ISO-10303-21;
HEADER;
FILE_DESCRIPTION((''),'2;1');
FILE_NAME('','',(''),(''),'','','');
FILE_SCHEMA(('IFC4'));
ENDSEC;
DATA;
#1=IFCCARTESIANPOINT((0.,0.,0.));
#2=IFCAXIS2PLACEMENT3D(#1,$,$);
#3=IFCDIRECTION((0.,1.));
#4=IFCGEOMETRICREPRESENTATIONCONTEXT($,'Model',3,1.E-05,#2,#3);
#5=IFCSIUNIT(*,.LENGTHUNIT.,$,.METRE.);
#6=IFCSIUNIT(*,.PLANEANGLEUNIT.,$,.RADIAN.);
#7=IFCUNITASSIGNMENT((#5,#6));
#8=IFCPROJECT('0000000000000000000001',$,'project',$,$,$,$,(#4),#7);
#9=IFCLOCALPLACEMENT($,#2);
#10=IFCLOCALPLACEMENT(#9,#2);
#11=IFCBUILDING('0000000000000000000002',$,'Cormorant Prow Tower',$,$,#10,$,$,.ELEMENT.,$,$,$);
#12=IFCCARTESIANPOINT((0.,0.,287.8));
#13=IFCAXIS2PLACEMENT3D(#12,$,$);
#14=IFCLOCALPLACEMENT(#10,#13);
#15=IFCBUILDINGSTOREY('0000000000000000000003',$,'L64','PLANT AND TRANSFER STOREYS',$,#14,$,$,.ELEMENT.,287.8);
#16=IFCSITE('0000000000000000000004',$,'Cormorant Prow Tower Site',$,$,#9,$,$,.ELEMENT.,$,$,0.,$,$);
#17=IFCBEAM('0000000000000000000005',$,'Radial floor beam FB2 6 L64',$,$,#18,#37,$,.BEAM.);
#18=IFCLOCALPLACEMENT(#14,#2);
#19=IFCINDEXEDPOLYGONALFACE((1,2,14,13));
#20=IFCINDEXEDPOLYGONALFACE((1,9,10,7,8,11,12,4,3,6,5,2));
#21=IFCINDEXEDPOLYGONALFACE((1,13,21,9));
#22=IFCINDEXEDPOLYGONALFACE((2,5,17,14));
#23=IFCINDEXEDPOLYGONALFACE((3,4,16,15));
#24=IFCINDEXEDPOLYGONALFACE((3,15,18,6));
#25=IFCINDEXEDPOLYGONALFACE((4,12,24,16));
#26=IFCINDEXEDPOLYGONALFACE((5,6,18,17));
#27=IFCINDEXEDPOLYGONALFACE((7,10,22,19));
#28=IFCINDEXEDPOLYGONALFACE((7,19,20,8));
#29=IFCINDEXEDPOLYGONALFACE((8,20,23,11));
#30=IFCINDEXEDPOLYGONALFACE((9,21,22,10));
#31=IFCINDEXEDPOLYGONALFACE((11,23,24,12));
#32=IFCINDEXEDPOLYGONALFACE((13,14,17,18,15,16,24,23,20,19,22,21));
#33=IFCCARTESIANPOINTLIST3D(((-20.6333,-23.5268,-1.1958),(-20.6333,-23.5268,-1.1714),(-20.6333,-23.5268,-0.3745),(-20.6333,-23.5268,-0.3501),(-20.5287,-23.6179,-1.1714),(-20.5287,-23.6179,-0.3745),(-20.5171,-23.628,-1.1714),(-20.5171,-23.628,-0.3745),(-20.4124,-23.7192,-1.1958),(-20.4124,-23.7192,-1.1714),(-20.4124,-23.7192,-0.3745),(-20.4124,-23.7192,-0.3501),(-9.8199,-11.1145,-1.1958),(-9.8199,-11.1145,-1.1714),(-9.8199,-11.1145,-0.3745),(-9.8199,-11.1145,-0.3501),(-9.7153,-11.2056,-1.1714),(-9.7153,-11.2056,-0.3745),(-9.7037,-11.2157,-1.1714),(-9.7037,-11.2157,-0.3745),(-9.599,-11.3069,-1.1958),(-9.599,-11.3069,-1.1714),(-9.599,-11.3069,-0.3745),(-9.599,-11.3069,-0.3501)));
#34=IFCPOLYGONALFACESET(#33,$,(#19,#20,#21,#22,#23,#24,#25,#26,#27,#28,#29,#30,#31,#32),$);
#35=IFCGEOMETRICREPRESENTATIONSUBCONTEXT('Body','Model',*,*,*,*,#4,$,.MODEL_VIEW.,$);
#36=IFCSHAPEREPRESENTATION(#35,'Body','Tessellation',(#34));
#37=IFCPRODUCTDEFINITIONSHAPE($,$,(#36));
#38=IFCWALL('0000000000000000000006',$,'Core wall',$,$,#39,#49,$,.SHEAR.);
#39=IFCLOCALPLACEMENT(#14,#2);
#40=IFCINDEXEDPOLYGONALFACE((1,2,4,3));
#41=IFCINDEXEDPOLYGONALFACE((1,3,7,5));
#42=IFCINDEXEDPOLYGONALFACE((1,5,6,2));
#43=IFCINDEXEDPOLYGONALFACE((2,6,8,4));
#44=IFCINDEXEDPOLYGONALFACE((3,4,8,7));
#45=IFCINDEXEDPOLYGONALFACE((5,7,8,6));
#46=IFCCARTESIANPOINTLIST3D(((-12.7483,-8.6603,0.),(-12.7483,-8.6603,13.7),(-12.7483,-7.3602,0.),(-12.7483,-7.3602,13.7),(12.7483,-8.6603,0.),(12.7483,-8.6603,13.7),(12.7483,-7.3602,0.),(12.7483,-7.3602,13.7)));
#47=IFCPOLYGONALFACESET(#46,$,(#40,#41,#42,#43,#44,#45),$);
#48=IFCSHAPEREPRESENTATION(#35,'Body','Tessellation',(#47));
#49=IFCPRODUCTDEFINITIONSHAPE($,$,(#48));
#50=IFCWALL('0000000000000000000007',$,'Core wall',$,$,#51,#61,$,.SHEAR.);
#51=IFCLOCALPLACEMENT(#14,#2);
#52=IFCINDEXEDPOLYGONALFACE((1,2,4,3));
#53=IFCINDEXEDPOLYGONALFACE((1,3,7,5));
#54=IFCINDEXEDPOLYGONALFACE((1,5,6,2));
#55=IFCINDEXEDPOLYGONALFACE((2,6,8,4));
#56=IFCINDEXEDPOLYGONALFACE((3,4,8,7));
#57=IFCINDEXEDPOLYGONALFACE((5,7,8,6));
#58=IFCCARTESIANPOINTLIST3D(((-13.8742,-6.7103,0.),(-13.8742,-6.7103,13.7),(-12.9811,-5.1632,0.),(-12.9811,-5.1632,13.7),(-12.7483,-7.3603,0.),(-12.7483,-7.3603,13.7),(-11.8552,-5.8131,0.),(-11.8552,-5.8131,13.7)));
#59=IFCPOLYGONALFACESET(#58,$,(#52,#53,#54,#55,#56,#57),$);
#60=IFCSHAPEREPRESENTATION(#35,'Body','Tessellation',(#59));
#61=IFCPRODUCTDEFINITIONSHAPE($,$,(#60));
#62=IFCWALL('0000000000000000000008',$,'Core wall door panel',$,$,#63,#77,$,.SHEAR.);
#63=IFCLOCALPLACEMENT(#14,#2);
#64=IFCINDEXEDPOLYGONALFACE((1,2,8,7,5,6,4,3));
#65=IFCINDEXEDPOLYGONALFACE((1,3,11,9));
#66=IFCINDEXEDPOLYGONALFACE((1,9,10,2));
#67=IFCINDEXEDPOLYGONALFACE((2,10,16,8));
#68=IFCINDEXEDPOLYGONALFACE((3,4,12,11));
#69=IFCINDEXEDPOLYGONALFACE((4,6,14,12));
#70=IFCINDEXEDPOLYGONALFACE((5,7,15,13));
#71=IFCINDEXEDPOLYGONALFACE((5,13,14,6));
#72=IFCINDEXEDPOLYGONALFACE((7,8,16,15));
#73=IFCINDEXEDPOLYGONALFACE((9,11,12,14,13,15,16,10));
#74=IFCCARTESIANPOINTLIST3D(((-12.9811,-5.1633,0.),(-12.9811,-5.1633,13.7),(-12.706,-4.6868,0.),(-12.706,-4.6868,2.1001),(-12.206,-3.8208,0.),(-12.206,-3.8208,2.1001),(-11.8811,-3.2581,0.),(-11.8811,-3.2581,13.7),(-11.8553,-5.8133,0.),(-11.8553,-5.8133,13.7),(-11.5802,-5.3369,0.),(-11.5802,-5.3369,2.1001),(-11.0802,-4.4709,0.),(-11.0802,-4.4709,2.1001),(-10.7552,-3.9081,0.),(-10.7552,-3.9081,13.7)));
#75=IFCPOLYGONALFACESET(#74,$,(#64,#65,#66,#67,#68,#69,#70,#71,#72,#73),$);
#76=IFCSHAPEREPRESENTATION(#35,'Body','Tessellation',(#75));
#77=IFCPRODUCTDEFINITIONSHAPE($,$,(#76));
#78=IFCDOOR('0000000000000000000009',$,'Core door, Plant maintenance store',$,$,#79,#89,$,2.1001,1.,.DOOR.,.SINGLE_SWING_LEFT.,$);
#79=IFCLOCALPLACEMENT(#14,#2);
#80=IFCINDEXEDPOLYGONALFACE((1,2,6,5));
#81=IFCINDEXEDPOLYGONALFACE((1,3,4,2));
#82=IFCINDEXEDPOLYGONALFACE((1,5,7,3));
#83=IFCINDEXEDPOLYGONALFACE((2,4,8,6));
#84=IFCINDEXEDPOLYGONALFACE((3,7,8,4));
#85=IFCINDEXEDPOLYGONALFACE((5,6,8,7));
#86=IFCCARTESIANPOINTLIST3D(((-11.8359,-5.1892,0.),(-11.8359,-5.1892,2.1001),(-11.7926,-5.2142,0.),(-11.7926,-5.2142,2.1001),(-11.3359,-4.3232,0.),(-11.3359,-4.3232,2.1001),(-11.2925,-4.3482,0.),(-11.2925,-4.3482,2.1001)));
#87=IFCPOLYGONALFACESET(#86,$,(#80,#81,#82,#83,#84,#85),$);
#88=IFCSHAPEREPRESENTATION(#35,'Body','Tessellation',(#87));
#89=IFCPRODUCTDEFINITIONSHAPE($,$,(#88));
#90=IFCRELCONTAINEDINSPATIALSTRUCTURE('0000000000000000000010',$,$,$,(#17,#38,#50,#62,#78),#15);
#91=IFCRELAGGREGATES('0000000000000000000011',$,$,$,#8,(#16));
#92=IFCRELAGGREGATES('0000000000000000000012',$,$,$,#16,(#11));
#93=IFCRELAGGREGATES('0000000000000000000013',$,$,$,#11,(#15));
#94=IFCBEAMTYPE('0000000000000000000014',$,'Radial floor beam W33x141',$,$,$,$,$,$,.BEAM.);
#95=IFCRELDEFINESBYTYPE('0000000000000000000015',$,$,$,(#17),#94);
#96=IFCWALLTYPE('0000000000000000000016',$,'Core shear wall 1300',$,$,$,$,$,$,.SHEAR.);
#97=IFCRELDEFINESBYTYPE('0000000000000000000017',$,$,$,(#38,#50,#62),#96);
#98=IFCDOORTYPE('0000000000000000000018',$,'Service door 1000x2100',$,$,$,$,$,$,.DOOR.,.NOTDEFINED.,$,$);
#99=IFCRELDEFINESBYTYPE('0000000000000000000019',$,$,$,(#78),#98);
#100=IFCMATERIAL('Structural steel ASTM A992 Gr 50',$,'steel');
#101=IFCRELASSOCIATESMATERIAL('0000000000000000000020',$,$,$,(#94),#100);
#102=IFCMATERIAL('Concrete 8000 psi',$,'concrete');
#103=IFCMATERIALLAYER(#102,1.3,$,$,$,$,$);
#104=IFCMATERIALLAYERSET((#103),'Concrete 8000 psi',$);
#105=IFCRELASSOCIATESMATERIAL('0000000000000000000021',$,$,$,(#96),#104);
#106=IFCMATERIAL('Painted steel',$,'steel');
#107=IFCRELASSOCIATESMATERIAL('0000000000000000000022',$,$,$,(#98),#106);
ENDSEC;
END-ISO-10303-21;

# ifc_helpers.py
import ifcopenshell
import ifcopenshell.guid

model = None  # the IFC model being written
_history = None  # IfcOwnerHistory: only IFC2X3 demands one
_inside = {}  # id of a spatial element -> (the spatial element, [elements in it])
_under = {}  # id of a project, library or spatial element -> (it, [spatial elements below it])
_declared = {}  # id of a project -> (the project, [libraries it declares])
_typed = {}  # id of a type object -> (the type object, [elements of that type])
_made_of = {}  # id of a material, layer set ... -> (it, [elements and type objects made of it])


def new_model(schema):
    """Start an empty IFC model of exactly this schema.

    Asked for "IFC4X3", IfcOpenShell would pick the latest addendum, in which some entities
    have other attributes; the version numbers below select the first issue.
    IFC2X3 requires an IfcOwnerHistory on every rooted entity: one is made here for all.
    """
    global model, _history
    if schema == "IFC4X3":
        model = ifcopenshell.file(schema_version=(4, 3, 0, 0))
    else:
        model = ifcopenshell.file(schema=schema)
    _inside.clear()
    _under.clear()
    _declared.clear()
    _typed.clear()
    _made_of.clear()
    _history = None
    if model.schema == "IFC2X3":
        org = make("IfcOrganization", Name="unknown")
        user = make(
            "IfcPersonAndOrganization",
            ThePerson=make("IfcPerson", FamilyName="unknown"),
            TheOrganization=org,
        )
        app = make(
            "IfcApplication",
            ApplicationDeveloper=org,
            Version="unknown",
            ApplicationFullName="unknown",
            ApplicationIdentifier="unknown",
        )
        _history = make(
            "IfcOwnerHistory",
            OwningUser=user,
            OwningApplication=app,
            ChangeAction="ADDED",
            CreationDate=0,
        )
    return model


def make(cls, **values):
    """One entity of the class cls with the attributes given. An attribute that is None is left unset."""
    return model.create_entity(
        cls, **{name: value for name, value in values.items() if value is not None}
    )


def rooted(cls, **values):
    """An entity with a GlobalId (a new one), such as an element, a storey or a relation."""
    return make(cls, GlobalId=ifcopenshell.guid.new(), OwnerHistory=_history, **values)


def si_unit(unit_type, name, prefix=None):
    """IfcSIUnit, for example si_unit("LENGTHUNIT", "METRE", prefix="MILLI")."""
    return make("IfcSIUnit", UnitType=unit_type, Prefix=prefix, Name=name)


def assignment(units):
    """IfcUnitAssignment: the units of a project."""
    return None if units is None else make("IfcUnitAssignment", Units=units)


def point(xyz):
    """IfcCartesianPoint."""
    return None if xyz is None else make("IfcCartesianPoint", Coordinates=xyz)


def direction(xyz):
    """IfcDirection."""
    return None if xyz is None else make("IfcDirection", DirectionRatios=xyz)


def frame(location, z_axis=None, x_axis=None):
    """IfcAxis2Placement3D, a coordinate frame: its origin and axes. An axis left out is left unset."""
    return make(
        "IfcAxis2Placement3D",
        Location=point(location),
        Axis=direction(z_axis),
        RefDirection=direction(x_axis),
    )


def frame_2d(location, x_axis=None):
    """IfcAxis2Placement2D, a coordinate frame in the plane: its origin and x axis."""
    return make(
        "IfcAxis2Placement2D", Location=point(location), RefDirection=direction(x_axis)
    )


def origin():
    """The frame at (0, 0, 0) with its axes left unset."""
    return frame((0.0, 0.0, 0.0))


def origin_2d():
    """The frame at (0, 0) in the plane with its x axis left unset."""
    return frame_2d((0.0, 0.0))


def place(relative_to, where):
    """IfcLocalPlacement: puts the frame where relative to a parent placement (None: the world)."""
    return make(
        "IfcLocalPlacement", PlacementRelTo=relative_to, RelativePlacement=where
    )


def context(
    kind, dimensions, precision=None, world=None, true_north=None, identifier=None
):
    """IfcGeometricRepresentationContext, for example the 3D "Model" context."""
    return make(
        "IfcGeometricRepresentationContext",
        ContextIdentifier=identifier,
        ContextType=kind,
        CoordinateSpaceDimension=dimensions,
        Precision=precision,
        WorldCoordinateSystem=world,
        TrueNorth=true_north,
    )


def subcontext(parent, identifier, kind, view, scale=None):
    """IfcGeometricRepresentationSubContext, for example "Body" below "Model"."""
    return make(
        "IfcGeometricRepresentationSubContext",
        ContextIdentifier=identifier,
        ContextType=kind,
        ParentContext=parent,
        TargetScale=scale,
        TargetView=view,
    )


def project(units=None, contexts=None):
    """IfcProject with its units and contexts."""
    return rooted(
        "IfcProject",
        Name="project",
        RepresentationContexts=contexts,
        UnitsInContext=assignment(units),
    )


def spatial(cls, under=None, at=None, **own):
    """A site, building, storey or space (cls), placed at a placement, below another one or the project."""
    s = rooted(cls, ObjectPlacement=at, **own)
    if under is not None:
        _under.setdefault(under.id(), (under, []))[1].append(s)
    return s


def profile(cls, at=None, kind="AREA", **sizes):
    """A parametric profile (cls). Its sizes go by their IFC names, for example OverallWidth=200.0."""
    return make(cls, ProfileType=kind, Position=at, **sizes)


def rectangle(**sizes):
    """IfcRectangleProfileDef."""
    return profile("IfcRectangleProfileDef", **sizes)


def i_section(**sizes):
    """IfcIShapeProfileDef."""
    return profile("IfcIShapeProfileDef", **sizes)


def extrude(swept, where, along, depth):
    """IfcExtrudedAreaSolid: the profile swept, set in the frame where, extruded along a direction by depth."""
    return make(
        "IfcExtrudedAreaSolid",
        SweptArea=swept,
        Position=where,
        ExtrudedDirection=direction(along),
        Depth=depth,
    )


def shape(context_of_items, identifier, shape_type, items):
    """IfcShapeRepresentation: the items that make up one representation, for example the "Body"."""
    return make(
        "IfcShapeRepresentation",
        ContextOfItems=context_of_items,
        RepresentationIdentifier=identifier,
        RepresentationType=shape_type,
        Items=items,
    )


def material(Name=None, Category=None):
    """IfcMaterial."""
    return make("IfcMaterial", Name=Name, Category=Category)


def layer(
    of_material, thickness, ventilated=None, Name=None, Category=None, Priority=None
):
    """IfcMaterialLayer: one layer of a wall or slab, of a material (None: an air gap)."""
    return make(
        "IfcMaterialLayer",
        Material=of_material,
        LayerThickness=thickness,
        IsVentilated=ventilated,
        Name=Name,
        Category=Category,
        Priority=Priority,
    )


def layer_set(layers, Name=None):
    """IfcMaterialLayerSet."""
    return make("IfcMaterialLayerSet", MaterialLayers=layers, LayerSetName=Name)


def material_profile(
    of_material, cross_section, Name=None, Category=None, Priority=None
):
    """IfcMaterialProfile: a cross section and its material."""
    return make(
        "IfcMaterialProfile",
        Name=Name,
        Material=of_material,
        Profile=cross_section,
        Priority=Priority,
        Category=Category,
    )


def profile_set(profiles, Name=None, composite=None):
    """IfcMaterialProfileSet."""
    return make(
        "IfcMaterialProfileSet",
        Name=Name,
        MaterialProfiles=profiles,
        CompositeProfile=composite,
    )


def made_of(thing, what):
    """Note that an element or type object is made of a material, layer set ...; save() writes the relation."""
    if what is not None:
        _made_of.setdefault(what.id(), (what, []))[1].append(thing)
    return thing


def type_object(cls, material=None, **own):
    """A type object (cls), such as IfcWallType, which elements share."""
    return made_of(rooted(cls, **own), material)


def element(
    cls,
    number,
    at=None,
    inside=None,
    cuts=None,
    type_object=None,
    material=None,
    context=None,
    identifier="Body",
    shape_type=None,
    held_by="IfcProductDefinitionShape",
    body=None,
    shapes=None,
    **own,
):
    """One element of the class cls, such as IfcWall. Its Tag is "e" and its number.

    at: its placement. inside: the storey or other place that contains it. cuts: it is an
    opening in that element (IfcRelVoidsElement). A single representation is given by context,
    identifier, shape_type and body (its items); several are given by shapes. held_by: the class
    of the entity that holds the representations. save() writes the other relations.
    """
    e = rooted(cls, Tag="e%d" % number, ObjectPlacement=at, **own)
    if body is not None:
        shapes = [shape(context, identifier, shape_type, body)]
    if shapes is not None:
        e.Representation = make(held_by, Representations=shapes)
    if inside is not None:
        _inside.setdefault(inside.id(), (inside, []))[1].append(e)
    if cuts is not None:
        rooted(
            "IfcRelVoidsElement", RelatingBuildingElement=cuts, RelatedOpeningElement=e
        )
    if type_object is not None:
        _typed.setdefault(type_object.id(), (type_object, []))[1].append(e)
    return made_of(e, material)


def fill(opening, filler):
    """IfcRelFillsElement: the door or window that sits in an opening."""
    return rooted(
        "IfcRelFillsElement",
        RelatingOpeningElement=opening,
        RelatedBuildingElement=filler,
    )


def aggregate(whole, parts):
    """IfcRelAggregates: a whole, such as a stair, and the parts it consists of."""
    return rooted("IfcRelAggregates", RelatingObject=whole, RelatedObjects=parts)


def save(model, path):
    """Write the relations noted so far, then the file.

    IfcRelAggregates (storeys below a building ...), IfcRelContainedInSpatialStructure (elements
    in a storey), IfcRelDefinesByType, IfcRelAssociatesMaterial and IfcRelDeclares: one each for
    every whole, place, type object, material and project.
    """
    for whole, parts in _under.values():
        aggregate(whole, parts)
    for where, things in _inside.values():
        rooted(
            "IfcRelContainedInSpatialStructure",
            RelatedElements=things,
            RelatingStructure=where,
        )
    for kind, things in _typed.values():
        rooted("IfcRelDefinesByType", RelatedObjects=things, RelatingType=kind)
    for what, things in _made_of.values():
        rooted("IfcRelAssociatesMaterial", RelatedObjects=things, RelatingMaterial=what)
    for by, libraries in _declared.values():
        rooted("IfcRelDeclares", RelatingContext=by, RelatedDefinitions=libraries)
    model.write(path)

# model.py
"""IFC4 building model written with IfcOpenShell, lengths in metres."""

from ifc_helpers import new_model, si_unit, direction, frame, frame_2d, origin, origin_2d, place, context, subcontext, project, spatial, rectangle, i_section, extrude, material, layer, layer_set, material_profile, profile_set, type_object, element, fill, save


model = new_model("IFC4")

# Units and contexts
model_context = context("Model", 3, precision=1e-05, world=origin(), true_north=direction((0.0, 1.0)))
body_context = subcontext(model_context, "Body", "Model", "MODEL_VIEW")
ifc_project = project(units=[si_unit("LENGTHUNIT", "METRE"), si_unit("PLANEANGLEUNIT", "RADIAN")], contexts=[model_context])

# Site, building, storey
site_placement = place(None, origin())
site = spatial("IfcSite", under=ifc_project, at=site_placement, Name="Cormorant Prow Tower Site", CompositionType="ELEMENT", RefElevation=0.0)
building_placement = place(site_placement, origin())
building = spatial("IfcBuilding", under=site, at=building_placement, Name="Cormorant Prow Tower", CompositionType="ELEMENT")
storey_placement = place(building_placement, frame((0.0, 0.0, 287.8)))
storey = spatial("IfcBuildingStorey", under=building, at=storey_placement, Name="L64", Description="PLANT AND TRANSFER STOREYS", CompositionType="ELEMENT", Elevation=287.8)

# Beam
ifc_material_1 = material(Name="Structural steel ASTM A992 Gr 50", Category="steel")
ifc_material_profile_1 = material_profile(ifc_material_1, i_section(OverallWidth=0.293, OverallDepth=0.8457, WebThickness=0.0154, FlangeThickness=0.0244, at=origin_2d()), Name="W33x141")
ifc_profile_set_1 = profile_set([ifc_material_profile_1], Name="Structural steel ASTM A992 Gr 50")
beam_type = type_object("IfcBeamType", Name="Radial floor beam W33x141", PredefinedType="BEAM", material=ifc_profile_set_1)
beam_1_placement = place(storey_placement, frame((-9.7095, -11.2107, -0.7729), z_axis=(-0.656875, -0.754, 0.0), x_axis=(0.754, -0.656875, 0.0)))
element("IfcBeam", 1, at=beam_1_placement, inside=storey, type_object=beam_type, Name="Radial floor beam FB2 6 L64", PredefinedType="BEAM", context=body_context, shape_type="SweptSolid", body=[
    extrude(i_section(OverallWidth=0.293, OverallDepth=0.8457, WebThickness=0.0154, FlangeThickness=0.0244, at=origin_2d()), origin(), (0.0, 0.0, 1.0), 16.4619),
])

# Walls
ifc_material_2 = material(Name="Concrete 8000 psi", Category="concrete")
ifc_layer_1 = layer(ifc_material_2, 1.3)
ifc_layer_set_1 = layer_set([ifc_layer_1], Name="Concrete 8000 psi")
wall_type_1 = type_object("IfcWallType", Name="Core shear wall 1300", PredefinedType="SHEAR", material=ifc_layer_set_1)
wall_1_placement = place(storey_placement, frame((-12.7483, -8.0103, 0.0), z_axis=(0.0, 0.0, 1.0), x_axis=(1.0, 0.0, 0.0)))
element("IfcWall", 2, at=wall_1_placement, inside=storey, type_object=wall_type_1, Name="Core wall", PredefinedType="SHEAR", context=body_context, shape_type="SweptSolid", body=[
    extrude(rectangle(XDim=25.4966, YDim=1.3, at=frame_2d((12.7483, 0.0))), origin(), (0.0, 0.0, 1.0), 13.7),
])
wall_2_placement = place(storey_placement, frame((-12.4182, -5.4883, 0.0), z_axis=(0.0, 0.0, 1.0), x_axis=(-0.499931, -0.866065, 0.0)))
element("IfcWall", 3, at=wall_2_placement, inside=storey, type_object=wall_type_1, Name="Core wall", PredefinedType="SHEAR", context=body_context, shape_type="SweptSolid", body=[
    extrude(rectangle(XDim=1.7864, YDim=1.3, at=frame_2d((0.8931, 0.0))), origin(), (0.0, 0.0, 1.0), 13.7),
])

# Wall, opening, door
wall_3_placement = place(storey_placement, frame((-11.3181, -3.583, 0.0), z_axis=(0.0, 0.0, 1.0), x_axis=(-0.50003, -0.866008, 0.0)))
wall_3 = element("IfcWall", 4, at=wall_3_placement, inside=storey, type_object=wall_type_1, Name="Core wall door panel", PredefinedType="SHEAR", context=body_context, shape_type="SweptSolid", body=[
    extrude(rectangle(XDim=2.2, YDim=1.3, at=frame_2d((1.1001, 0.0))), origin(), (0.0, 0.0, 1.0), 13.7),
])
opening_1_placement = place(wall_3_placement, frame((0.6499, 0.0, 0.0)))
opening_1 = element("IfcOpeningElement", 5, at=opening_1_placement, cuts=wall_3, PredefinedType="OPENING", context=body_context, shape_type="SweptSolid", body=[
    extrude(rectangle(XDim=1.0, YDim=2.1001, at=frame_2d((0.5, 1.05))), frame((0.0, 0.6599, 0.0), z_axis=(0.0, -1.0, 0.0), x_axis=(1.0, 0.0, 0.0)), (0.0, 0.0, 1.0), 1.3201),
])
ifc_material_3 = material(Name="Painted steel", Category="steel")
door_type_1 = type_object("IfcDoorType", Name="Service door 1000x2100", OperationType="NOTDEFINED", PredefinedType="DOOR", material=ifc_material_3)
door_1_placement = place(opening_1_placement, origin())
door_1 = element("IfcDoor", 6, at=door_1_placement, inside=storey, type_object=door_type_1, Name="Core door, Plant maintenance store", OperationType="SINGLE_SWING_LEFT", OverallHeight=2.1001, OverallWidth=1.0, PredefinedType="DOOR", context=body_context, shape_type="SweptSolid", body=[
    extrude(rectangle(XDim=1.0, YDim=2.1001, at=frame_2d((0.5, 1.05))), frame((0.0, 0.4048, 0.0), z_axis=(0.0, -1.0, 0.0), x_axis=(1.0, 0.0, 0.0)), (0.0, 0.0, 1.0), 0.05),
])
fill(opening_1, door_1)

save(model, "model.ifc")
